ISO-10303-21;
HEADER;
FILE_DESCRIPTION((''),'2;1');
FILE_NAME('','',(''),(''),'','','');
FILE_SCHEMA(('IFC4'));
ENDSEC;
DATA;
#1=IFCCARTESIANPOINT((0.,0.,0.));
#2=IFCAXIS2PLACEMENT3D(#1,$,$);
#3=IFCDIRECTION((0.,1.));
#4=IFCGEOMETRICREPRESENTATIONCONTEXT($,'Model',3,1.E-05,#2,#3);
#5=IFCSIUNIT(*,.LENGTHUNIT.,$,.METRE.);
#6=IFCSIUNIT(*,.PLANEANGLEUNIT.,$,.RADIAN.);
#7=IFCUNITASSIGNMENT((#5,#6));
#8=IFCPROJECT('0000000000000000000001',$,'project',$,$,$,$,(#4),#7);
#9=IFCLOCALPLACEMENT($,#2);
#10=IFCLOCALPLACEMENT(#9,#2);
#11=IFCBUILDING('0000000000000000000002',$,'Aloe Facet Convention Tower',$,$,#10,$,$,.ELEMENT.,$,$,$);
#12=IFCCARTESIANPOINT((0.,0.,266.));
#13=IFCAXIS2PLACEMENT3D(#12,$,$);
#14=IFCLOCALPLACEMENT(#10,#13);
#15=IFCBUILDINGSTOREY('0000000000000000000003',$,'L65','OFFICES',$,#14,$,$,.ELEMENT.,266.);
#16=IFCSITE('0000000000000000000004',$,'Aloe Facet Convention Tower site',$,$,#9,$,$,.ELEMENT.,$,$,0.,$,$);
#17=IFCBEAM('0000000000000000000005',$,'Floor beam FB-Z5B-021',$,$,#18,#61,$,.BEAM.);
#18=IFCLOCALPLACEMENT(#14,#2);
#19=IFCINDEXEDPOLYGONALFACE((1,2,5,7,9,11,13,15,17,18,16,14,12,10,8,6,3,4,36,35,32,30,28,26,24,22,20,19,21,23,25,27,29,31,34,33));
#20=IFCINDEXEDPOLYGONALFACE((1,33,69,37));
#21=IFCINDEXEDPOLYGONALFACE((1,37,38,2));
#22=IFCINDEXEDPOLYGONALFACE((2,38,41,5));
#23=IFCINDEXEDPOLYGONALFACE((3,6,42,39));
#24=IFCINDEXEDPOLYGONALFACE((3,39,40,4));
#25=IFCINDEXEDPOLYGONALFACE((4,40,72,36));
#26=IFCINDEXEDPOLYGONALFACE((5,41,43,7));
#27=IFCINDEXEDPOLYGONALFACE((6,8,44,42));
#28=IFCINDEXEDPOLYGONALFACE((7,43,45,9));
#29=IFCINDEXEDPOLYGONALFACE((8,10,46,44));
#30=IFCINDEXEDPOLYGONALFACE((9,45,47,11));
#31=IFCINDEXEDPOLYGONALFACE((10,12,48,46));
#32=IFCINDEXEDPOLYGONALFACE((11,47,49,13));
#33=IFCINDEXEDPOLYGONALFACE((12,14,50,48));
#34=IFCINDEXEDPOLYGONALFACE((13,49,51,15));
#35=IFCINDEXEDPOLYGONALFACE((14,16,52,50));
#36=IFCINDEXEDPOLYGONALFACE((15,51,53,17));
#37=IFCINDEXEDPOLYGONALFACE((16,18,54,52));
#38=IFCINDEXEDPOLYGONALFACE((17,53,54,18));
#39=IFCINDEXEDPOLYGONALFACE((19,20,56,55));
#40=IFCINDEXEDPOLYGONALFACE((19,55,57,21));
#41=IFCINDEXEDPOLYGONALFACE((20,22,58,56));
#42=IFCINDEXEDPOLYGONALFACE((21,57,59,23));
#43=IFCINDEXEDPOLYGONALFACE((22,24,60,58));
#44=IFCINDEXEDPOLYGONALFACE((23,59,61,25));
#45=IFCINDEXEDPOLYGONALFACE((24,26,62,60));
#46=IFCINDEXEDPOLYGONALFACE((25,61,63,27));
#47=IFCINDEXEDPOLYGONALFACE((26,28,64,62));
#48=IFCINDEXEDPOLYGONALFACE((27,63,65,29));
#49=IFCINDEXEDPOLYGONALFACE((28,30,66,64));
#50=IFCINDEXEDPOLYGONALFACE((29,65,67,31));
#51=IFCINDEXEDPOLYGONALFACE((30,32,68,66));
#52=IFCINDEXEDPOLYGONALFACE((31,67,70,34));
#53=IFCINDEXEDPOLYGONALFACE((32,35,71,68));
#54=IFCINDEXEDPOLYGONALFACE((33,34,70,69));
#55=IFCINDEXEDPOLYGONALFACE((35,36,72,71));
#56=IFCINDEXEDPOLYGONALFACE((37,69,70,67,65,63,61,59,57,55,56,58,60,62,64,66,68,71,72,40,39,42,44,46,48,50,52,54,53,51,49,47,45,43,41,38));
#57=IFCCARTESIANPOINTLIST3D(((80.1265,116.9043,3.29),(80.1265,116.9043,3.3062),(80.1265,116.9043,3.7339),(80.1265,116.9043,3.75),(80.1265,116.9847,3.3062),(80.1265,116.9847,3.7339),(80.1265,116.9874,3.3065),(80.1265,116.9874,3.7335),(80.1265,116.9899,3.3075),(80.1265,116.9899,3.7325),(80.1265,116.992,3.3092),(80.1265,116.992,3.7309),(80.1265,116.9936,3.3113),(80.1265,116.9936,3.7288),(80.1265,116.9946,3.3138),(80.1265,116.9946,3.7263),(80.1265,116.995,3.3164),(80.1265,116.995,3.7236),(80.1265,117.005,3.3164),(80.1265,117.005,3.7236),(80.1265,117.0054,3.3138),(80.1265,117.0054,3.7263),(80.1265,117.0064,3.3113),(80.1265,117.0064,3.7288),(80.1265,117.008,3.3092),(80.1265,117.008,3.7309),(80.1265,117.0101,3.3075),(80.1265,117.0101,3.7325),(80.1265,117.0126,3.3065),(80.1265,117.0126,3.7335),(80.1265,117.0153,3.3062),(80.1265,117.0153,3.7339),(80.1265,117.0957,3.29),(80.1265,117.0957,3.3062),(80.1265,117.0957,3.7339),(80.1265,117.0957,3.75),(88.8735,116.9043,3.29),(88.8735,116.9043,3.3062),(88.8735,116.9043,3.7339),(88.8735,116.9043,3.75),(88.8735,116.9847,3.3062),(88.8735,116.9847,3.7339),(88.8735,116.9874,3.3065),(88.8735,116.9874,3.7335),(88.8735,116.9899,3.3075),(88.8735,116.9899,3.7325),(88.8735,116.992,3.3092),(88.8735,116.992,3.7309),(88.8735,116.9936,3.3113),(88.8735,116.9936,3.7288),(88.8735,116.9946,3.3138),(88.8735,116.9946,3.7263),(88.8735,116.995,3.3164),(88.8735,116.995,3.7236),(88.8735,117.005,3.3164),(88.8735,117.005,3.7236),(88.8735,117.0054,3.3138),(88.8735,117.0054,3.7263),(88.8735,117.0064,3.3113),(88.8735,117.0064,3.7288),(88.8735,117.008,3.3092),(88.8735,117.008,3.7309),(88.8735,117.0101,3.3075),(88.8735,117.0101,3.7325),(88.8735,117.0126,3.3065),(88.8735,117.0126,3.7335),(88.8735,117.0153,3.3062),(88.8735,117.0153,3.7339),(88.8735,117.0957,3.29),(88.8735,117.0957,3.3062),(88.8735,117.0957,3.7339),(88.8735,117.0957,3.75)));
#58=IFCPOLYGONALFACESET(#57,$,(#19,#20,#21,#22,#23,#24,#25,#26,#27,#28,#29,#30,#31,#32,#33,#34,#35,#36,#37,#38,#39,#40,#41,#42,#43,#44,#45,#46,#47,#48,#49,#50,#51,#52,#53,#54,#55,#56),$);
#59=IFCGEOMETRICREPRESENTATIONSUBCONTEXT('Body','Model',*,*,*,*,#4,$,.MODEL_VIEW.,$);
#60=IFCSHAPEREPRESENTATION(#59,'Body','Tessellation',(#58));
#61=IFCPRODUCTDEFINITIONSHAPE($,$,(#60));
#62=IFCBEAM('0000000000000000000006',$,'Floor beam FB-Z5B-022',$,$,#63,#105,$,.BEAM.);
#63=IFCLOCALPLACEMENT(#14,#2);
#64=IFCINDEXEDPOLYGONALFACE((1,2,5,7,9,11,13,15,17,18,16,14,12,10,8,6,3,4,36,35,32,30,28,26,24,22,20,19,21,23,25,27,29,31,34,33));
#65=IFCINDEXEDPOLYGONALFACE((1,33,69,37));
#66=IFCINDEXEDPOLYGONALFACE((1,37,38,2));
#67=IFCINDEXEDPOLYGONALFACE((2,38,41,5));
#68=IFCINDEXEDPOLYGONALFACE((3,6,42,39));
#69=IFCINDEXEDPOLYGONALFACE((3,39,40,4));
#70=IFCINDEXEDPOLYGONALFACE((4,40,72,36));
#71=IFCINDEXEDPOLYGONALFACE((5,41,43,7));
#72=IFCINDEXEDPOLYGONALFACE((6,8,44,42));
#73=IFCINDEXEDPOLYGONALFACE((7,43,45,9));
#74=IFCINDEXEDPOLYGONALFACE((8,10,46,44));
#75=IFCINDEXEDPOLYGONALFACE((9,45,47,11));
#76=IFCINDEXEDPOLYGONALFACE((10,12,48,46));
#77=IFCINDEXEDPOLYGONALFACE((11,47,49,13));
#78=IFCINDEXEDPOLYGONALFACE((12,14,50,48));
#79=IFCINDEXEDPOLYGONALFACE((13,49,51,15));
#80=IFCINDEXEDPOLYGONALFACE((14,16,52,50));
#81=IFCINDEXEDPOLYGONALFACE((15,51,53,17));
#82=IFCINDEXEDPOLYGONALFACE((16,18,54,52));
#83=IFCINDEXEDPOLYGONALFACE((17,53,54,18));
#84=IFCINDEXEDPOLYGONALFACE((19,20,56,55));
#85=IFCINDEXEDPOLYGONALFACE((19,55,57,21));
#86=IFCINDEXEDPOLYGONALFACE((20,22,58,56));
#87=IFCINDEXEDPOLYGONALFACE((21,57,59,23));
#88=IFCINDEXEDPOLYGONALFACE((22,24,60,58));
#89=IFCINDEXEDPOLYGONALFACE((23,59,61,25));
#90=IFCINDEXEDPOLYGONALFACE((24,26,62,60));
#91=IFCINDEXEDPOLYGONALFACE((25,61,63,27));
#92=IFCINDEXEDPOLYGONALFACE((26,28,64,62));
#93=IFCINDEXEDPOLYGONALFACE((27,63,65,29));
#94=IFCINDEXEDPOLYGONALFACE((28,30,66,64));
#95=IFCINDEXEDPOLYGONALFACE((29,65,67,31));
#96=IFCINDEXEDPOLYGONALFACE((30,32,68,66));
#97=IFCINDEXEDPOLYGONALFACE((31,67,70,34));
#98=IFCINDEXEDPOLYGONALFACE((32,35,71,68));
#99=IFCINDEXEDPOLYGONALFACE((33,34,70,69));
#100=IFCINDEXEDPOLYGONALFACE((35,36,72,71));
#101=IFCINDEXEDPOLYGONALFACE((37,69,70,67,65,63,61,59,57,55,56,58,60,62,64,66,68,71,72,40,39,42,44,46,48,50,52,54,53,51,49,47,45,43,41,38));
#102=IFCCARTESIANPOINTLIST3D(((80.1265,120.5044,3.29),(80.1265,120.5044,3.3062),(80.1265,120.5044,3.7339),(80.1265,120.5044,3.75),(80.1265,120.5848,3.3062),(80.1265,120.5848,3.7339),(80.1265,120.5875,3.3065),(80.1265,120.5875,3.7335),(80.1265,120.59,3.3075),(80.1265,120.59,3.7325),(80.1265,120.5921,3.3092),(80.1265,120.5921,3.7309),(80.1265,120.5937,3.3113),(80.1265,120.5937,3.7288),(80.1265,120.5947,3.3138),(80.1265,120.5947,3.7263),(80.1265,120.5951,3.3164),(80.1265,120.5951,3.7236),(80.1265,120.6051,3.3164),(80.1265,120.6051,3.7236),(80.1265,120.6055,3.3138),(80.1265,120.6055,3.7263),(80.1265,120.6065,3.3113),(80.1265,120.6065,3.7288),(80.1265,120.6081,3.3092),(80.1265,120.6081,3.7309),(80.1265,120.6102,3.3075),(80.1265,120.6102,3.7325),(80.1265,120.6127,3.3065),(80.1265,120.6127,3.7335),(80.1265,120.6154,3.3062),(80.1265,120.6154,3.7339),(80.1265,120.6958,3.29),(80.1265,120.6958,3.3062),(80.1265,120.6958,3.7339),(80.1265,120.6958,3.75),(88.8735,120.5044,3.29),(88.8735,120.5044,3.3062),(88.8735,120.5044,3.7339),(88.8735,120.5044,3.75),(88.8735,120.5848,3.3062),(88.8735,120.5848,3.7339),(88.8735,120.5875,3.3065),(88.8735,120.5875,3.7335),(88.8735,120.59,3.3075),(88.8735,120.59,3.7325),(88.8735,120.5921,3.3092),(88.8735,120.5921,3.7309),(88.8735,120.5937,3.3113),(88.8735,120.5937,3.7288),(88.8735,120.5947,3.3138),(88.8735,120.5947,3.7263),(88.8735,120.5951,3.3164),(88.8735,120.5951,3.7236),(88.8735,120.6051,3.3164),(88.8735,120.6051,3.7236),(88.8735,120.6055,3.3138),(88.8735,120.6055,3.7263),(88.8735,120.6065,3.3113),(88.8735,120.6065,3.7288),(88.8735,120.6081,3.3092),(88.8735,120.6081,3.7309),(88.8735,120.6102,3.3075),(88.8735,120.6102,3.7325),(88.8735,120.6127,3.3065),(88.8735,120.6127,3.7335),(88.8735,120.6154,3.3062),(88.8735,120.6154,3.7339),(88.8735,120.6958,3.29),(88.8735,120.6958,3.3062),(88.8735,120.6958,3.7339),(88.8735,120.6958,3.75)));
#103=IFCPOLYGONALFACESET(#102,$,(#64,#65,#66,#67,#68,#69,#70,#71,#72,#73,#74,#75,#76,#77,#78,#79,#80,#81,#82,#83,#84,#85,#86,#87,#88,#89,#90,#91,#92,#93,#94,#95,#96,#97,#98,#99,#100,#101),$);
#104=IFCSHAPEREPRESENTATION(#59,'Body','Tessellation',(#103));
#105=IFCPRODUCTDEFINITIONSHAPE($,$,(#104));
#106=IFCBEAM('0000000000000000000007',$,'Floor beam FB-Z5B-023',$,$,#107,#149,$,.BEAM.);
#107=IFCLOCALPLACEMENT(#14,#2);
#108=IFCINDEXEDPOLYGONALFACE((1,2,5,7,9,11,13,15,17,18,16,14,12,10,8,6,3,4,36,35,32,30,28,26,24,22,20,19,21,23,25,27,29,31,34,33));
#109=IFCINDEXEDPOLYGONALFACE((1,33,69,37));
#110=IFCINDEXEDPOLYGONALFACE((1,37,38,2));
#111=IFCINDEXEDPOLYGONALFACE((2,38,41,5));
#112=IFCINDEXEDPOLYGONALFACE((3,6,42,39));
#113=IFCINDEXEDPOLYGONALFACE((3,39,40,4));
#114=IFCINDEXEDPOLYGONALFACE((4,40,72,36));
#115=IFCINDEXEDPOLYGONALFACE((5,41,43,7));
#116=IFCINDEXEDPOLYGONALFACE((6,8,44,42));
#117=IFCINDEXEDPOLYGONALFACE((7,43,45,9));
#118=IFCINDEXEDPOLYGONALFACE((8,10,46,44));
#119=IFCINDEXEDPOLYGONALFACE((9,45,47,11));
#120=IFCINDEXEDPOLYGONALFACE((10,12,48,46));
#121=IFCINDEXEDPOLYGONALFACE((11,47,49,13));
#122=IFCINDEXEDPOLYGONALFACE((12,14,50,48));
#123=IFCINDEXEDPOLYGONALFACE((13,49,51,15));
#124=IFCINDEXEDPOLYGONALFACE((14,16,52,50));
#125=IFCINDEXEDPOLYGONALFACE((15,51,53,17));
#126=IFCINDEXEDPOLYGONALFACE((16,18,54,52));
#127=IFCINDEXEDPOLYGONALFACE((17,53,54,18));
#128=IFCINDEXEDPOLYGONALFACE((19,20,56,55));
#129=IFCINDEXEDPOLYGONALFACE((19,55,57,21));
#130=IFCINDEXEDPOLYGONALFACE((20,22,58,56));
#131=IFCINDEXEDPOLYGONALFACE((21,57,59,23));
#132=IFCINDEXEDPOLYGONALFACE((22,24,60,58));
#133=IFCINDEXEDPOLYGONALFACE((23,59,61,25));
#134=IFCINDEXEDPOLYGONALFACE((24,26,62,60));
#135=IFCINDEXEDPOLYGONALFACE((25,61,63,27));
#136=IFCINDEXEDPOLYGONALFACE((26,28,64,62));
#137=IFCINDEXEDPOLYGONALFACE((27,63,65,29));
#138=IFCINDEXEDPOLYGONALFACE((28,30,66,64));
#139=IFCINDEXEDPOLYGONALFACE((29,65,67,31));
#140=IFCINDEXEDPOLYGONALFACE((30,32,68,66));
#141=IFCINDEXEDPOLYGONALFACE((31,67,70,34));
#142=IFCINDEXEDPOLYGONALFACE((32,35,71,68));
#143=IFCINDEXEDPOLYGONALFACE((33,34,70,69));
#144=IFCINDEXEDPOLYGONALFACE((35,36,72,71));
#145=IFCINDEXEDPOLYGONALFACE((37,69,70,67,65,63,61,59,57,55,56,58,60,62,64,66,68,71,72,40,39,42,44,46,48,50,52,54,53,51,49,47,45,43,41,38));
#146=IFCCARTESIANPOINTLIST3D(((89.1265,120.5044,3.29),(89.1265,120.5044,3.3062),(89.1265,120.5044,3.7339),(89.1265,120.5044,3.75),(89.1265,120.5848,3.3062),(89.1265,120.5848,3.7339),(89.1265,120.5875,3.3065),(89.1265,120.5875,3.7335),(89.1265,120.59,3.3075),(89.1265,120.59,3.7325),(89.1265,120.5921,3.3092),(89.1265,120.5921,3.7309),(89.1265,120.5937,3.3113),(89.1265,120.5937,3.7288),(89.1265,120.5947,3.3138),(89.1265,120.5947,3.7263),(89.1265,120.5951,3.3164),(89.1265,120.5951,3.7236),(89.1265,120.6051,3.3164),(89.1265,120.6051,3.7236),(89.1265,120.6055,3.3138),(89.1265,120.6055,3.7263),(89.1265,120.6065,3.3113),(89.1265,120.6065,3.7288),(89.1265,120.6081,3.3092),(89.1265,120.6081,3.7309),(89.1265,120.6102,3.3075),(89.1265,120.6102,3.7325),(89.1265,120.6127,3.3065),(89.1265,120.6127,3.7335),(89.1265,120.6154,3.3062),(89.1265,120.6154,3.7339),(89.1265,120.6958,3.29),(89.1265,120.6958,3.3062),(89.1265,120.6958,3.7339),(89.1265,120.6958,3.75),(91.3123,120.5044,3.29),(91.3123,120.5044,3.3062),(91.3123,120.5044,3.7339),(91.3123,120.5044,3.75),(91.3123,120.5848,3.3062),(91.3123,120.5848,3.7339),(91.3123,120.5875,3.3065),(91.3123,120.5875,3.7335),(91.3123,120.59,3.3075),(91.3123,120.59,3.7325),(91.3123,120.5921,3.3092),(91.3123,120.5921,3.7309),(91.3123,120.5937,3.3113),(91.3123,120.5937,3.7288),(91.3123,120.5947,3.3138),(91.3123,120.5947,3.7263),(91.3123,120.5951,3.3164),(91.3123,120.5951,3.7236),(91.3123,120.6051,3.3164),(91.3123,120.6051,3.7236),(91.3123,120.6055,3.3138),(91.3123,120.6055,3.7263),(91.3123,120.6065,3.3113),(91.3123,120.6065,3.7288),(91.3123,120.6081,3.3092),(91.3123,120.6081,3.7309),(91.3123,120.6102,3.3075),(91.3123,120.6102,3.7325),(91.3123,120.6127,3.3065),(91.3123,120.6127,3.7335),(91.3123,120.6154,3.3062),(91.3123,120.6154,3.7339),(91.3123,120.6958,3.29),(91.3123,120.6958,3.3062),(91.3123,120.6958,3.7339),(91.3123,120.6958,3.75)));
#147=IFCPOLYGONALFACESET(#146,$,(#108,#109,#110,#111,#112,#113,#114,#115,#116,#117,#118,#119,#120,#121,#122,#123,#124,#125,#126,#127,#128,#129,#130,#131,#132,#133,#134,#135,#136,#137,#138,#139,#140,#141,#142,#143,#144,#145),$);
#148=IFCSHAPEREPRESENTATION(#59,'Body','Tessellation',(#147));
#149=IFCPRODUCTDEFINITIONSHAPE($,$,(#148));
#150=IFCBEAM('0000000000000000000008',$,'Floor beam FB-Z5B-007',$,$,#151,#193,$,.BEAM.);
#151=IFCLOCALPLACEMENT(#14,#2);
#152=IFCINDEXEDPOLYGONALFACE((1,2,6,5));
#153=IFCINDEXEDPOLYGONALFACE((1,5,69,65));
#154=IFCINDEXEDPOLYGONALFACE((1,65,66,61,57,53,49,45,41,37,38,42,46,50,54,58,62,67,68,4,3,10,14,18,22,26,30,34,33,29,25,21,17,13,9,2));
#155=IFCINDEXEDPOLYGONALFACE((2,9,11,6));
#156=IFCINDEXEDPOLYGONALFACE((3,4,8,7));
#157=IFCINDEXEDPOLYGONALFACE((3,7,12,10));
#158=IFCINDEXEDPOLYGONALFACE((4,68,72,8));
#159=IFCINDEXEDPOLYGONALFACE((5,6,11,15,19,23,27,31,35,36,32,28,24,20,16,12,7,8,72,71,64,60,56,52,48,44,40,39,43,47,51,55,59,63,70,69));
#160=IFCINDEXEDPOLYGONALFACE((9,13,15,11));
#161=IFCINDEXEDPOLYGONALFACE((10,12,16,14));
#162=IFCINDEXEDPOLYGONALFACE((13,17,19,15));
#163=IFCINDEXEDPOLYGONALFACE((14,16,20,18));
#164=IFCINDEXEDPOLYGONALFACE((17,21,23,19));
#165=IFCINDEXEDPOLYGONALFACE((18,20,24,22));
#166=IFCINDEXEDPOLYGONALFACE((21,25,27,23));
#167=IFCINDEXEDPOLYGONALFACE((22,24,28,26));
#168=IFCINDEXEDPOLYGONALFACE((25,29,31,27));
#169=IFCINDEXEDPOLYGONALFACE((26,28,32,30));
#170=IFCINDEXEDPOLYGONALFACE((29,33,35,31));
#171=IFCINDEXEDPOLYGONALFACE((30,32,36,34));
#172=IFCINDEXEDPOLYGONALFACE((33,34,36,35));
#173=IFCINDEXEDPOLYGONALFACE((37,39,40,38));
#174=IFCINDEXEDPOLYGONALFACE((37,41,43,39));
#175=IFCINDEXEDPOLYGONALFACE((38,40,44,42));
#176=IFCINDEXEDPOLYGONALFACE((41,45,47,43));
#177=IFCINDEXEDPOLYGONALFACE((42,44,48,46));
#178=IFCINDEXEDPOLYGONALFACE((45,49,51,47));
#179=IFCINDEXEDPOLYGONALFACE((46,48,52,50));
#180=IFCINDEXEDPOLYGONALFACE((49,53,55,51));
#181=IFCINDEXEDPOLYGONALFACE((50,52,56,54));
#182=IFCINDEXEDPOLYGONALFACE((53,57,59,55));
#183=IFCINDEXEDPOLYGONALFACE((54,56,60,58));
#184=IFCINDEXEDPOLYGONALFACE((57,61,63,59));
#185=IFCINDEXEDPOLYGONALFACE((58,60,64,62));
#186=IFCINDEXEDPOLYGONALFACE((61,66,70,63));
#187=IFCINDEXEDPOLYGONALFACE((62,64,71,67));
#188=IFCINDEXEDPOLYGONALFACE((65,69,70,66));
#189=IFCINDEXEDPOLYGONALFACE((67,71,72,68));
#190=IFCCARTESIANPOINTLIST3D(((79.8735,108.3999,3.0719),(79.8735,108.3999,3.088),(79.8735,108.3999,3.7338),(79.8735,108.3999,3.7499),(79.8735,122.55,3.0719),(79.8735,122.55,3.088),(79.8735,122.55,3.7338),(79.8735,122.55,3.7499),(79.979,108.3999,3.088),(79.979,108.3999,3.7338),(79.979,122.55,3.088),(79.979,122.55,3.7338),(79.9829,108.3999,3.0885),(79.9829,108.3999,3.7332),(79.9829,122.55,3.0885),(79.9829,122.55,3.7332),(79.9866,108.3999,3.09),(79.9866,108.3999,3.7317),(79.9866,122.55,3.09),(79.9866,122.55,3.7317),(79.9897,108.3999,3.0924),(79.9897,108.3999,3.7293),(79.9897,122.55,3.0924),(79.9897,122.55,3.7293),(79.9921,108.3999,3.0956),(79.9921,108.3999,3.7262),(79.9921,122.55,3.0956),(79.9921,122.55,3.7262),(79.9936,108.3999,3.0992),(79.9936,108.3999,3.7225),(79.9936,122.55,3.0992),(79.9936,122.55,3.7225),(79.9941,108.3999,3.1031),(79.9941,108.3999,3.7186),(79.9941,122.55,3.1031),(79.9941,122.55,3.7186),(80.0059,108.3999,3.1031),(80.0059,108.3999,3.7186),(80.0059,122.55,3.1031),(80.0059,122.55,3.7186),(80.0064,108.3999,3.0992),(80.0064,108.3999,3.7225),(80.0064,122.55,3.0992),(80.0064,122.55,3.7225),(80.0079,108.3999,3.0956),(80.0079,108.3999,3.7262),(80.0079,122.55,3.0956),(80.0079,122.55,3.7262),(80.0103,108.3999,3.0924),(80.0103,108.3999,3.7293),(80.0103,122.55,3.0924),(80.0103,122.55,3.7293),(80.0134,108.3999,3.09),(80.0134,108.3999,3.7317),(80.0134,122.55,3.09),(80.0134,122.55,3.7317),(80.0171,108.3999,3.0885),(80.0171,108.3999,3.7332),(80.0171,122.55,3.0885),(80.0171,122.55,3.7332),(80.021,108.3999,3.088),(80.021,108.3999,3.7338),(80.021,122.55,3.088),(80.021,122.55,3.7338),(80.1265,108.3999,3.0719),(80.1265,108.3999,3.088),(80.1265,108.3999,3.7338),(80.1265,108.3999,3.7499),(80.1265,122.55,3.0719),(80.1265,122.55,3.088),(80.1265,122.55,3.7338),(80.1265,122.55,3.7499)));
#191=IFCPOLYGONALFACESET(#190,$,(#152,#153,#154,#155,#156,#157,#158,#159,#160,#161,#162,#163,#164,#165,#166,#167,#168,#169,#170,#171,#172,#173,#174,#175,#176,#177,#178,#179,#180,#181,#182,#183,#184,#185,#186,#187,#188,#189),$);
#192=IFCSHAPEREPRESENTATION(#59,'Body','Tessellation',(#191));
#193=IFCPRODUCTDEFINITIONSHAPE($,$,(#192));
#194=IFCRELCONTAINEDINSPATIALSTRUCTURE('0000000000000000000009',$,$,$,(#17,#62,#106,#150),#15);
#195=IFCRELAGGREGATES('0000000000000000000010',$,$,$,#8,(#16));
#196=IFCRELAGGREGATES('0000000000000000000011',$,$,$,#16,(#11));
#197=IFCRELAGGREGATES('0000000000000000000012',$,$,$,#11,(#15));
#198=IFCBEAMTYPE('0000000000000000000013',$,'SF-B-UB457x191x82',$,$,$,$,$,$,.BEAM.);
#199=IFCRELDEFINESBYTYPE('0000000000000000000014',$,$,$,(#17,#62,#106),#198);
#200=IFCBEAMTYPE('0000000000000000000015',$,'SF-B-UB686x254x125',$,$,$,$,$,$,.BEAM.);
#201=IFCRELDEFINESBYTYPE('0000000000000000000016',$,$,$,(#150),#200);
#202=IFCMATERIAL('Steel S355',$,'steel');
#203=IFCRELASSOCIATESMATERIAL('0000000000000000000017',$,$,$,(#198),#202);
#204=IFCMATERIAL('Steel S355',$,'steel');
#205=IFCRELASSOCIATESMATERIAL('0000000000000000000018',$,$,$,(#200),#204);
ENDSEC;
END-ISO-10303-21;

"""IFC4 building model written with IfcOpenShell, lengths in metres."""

from ifc_helpers import new_model, si_unit, direction, frame, origin, origin_2d, place, context, subcontext, project, spatial, i_section, extrude, material, material_profile, profile_set, type_object, element, save


model = new_model("IFC4")

# Units and contexts
model_context = context("Model", 3, precision=1e-05, world=origin(), true_north=direction((0.0, 1.0)))
body_context = subcontext(model_context, "Body", "Model", "MODEL_VIEW")
ifc_project = project(units=[si_unit("LENGTHUNIT", "METRE"), si_unit("PLANEANGLEUNIT", "RADIAN")], contexts=[model_context])

# Site, building, storey
site_placement = place(None, origin())
site = spatial("IfcSite", under=ifc_project, at=site_placement, Name="Aloe Facet Convention Tower site", CompositionType="ELEMENT", RefElevation=0.0)
building_placement = place(site_placement, origin())
building = spatial("IfcBuilding", under=site, at=building_placement, Name="Aloe Facet Convention Tower", CompositionType="ELEMENT")
storey_placement = place(building_placement, frame((0.0, 0.0, 266.0)))
storey = spatial("IfcBuildingStorey", under=building, at=storey_placement, Name="L65", Description="OFFICES", CompositionType="ELEMENT", Elevation=266.0)

# Beams
ifc_material_1 = material(Name="Steel S355", Category="steel")
ifc_material_profile_1 = material_profile(ifc_material_1, i_section(OverallWidth=0.1914, OverallDepth=0.46, WebThickness=0.01, FlangeThickness=0.0161, FilletRadius=0.0103, at=origin_2d()), Name="UB 457x191x82")
ifc_profile_set_1 = profile_set([ifc_material_profile_1], Name="Steel S355")
beam_type_1 = type_object("IfcBeamType", Name="SF-B-UB457x191x82", PredefinedType="BEAM", material=ifc_profile_set_1)
for number, where, z_axis, x_axis, name in (
    (1, (80.1265, 117.0, 3.52), (1.0, 0.0, 0.0), (0.0, 1.0, 0.0), "Floor beam FB-Z5B-021"),
    (2, (80.1265, 120.6001, 3.52), (1.0, 0.0, 0.0), (0.0, 1.0, 0.0), "Floor beam FB-Z5B-022"),
):
    element("IfcBeam", number, at=place(storey_placement, frame(where, z_axis=z_axis, x_axis=x_axis)), inside=storey, type_object=beam_type_1, Name=name, PredefinedType="BEAM", context=body_context, shape_type="SweptSolid", body=[
        extrude(i_section(OverallWidth=0.1914, OverallDepth=0.46, WebThickness=0.01, FlangeThickness=0.0161, FilletRadius=0.0103, at=origin_2d()), origin(), (0.0, 0.0, 1.0), 8.7471),
    ])
beam_1_placement = place(storey_placement, frame((89.1265, 120.6001, 3.52), z_axis=(1.0, 0.0, 0.0), x_axis=(0.0, 1.0, 0.0)))
element("IfcBeam", 3, at=beam_1_placement, inside=storey, type_object=beam_type_1, Name="Floor beam FB-Z5B-023", PredefinedType="BEAM", context=body_context, shape_type="SweptSolid", body=[
    extrude(i_section(OverallWidth=0.1914, OverallDepth=0.46, WebThickness=0.01, FlangeThickness=0.0161, FilletRadius=0.0103, at=origin_2d()), origin(), (0.0, 0.0, 1.0), 2.1858),
])
ifc_material_2 = material(Name="Steel S355", Category="steel")
ifc_material_profile_2 = material_profile(ifc_material_2, i_section(OverallWidth=0.2529, OverallDepth=0.678, WebThickness=0.0117, FlangeThickness=0.0161, FilletRadius=0.0151, at=origin_2d()), Name="UB 686x254x125")
ifc_profile_set_2 = profile_set([ifc_material_profile_2], Name="Steel S355")
beam_type_2 = type_object("IfcBeamType", Name="SF-B-UB686x254x125", PredefinedType="BEAM", material=ifc_profile_set_2)
beam_2_placement = place(storey_placement, frame((80.0, 122.55, 3.4109), z_axis=(0.0, -1.0, 0.0), x_axis=(1.0, 0.0, 0.0)))
element("IfcBeam", 4, at=beam_2_placement, inside=storey, type_object=beam_type_2, Name="Floor beam FB-Z5B-007", PredefinedType="BEAM", context=body_context, shape_type="SweptSolid", body=[
    extrude(i_section(OverallWidth=0.2529, OverallDepth=0.678, WebThickness=0.0117, FlangeThickness=0.0161, FilletRadius=0.0151, at=origin_2d()), origin(), (0.0, 0.0, 1.0), 14.1501),
])

save(model, "model.ifc")
